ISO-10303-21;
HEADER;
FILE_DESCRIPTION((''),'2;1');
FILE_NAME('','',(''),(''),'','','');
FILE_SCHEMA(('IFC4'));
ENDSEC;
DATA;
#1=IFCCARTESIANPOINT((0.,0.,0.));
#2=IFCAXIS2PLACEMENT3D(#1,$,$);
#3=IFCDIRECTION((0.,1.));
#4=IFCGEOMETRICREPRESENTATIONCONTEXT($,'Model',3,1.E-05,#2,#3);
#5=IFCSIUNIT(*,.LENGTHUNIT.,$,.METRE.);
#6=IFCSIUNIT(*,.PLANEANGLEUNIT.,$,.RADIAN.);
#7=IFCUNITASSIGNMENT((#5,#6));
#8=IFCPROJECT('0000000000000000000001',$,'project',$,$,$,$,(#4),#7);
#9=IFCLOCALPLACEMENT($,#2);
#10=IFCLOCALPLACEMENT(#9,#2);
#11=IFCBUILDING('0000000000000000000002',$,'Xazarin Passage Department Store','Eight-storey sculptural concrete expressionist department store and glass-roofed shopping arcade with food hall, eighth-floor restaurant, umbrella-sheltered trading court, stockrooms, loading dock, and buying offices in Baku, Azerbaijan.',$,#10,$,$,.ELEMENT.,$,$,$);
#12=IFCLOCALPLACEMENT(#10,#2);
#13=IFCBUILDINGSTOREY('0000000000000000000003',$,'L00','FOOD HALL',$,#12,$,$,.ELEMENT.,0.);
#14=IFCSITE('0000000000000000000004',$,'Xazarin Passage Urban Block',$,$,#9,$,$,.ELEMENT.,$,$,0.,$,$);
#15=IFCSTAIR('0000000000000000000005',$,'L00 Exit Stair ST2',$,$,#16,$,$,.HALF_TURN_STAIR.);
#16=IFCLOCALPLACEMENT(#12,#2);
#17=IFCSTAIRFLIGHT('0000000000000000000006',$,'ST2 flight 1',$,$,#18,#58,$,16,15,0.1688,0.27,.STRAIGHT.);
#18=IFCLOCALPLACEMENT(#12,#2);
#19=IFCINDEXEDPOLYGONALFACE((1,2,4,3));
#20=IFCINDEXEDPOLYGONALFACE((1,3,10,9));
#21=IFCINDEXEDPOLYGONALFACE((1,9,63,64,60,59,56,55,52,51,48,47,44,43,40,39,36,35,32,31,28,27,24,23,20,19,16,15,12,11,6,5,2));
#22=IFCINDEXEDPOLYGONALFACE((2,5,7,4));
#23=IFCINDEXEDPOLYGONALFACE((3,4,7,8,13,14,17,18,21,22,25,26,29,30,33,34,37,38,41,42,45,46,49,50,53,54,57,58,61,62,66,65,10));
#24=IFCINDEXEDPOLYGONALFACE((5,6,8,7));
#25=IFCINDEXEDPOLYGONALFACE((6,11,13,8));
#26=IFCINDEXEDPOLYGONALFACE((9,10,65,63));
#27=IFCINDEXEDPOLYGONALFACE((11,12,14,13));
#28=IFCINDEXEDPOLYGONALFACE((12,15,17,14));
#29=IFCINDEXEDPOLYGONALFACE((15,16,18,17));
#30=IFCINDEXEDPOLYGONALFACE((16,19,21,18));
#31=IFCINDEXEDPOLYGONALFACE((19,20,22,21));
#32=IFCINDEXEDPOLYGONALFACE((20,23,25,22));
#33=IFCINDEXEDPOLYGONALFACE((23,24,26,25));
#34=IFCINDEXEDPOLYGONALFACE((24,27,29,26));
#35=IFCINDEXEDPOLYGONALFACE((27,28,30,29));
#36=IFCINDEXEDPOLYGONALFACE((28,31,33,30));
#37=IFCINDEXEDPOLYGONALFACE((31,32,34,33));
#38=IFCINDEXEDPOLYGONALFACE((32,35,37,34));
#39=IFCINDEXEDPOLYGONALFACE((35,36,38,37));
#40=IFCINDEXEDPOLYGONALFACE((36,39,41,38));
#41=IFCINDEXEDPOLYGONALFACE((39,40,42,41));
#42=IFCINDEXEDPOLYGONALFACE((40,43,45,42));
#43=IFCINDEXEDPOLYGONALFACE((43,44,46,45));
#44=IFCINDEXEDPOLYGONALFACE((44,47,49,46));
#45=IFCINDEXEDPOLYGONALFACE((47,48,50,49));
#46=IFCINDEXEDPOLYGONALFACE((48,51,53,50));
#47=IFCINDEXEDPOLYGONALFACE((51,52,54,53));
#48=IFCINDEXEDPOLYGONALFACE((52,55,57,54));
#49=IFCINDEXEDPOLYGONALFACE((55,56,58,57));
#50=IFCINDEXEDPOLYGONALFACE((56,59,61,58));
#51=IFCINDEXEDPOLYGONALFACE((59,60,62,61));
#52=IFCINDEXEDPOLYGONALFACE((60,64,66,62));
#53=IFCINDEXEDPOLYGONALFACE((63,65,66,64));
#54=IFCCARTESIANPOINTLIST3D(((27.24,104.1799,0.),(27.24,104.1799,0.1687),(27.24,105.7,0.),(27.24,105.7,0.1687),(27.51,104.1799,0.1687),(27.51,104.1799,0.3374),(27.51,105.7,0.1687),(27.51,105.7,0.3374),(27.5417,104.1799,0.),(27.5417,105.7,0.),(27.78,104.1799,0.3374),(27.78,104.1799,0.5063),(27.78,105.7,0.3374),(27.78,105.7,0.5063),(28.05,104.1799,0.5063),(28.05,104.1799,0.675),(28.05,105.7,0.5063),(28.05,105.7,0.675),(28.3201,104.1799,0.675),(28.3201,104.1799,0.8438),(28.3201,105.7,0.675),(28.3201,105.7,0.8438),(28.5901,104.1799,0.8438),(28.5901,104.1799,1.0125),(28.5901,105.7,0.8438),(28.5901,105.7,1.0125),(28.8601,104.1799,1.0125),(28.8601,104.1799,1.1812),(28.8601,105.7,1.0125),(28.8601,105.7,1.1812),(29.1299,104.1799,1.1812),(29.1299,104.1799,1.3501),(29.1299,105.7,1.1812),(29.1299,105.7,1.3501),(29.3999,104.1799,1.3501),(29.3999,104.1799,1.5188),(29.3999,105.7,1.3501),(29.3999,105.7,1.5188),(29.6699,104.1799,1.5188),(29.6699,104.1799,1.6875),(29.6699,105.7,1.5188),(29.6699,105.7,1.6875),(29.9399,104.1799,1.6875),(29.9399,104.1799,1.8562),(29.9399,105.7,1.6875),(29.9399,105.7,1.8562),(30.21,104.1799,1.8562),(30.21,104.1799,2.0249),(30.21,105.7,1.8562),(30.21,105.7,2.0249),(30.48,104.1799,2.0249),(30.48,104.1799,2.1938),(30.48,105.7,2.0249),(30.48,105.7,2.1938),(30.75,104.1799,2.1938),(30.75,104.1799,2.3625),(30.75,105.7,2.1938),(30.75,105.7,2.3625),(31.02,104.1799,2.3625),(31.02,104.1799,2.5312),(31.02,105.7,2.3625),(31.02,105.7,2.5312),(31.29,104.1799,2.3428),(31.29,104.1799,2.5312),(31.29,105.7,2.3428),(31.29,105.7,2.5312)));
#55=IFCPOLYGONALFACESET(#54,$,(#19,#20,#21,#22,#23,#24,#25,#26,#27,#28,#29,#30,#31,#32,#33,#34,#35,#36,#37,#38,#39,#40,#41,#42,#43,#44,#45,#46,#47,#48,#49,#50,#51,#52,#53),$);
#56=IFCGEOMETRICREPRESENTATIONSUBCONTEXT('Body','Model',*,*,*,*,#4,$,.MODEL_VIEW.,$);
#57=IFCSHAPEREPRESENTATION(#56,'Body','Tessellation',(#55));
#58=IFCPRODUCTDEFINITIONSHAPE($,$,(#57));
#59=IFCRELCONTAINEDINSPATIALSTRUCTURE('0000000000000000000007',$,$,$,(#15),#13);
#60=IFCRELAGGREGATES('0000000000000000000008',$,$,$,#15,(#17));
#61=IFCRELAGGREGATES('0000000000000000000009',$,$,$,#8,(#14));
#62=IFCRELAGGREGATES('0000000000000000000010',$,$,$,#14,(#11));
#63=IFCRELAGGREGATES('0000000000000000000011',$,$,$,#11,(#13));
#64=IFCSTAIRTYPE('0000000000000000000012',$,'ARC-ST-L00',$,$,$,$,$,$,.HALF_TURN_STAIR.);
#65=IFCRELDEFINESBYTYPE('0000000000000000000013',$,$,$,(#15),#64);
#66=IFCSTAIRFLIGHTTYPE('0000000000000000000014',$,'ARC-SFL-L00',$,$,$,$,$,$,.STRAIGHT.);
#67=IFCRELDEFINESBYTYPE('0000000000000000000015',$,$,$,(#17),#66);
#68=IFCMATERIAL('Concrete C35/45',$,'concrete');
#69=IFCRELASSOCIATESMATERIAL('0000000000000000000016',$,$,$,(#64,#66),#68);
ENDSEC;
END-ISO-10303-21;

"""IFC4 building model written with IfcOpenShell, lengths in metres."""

from ifc_helpers import new_model, si_unit, direction, frame, origin, place, context, subcontext, project, spatial, polyline, outline, extrude, material, type_object, element, aggregate, save


model = new_model("IFC4")

# Units and contexts
model_context = context("Model", 3, precision=1e-05, world=origin(), true_north=direction((0.0, 1.0)))
body_context = subcontext(model_context, "Body", "Model", "MODEL_VIEW")
ifc_project = project(units=[si_unit("LENGTHUNIT", "METRE"), si_unit("PLANEANGLEUNIT", "RADIAN")], contexts=[model_context])

# Site, building, storey
site_placement = place(None, origin())
site = spatial("IfcSite", under=ifc_project, at=site_placement, Name="Xazarin Passage Urban Block", CompositionType="ELEMENT", RefElevation=0.0)
building_placement = place(site_placement, origin())
building = spatial("IfcBuilding", under=site, at=building_placement, Name="Xazarin Passage Department Store", Description="Eight-storey sculptural concrete expressionist department store and glass-roofed shopping arcade with food hall, eighth-floor restaurant, umbrella-sheltered trading court, stockrooms, loading dock, and buying offices in Baku, Azerbaijan.", CompositionType="ELEMENT")
storey_placement = place(building_placement, origin())
storey = spatial("IfcBuildingStorey", under=building, at=storey_placement, Name="L00", Description="FOOD HALL", CompositionType="ELEMENT", Elevation=0.0)

# Shared definitions
ifc_material_1 = material(Name="Concrete C35/45", Category="concrete")

# Stair, stair flight
stair_type = type_object("IfcStairType", Name="ARC-ST-L00", PredefinedType="HALF_TURN_STAIR", material=ifc_material_1)
stair_placement = place(storey_placement, origin())
stair = element("IfcStair", 1, at=stair_placement, inside=storey, type_object=stair_type, Name="L00 Exit Stair ST2", PredefinedType="HALF_TURN_STAIR")
stair_flight_type = type_object("IfcStairFlightType", Name="ARC-SFL-L00", PredefinedType="STRAIGHT", material=ifc_material_1)
stair_flight_placement = place(storey_placement, frame((27.24, 104.9399, 0.0), z_axis=(0.0, 0.0, 1.0), x_axis=(1.0, 0.0, 0.0)))
stair_flight = element("IfcStairFlight", 2, at=stair_flight_placement, type_object=stair_flight_type, Name="ST2 flight 1", NumberOfRisers=16, NumberOfTreads=15, PredefinedType="STRAIGHT", RiserHeight=0.1688, TreadLength=0.27, context=body_context, shape_type="SweptSolid", body=[
    extrude(outline(polyline([(0.0, 0.0), (0.0, 0.1687), (0.27, 0.1687), (0.27, 0.3374), (0.54, 0.3374), (0.54, 0.5063), (0.8101, 0.5063), (0.8101, 0.675), (1.0801, 0.675), (1.0801, 0.8438), (1.3501, 0.8438), (1.3501, 1.0125), (1.6201, 1.0125), (1.6201, 1.1812), (1.8899, 1.1812), (1.8899, 1.3501), (2.1599, 1.3501), (2.1599, 1.5188), (2.4299, 1.5188), (2.4299, 1.6875), (2.7, 1.6875), (2.7, 1.8562), (2.97, 1.8562), (2.97, 2.0249), (3.24, 2.0249), (3.24, 2.1938), (3.51, 2.1938), (3.51, 2.3625), (3.78, 2.3625), (3.78, 2.5312), (4.05, 2.5312), (4.05, 2.7), (4.05, 2.3428), (0.3018, 0.0), (0.0, 0.0)])), frame((0.0, 0.76, 0.0), z_axis=(0.0, -1.0, 0.0), x_axis=(1.0, 0.0, 0.0)), (0.0, 0.0, 1.0), 1.52),
])
aggregate(stair, [stair_flight])

save(model, "model.ifc")
